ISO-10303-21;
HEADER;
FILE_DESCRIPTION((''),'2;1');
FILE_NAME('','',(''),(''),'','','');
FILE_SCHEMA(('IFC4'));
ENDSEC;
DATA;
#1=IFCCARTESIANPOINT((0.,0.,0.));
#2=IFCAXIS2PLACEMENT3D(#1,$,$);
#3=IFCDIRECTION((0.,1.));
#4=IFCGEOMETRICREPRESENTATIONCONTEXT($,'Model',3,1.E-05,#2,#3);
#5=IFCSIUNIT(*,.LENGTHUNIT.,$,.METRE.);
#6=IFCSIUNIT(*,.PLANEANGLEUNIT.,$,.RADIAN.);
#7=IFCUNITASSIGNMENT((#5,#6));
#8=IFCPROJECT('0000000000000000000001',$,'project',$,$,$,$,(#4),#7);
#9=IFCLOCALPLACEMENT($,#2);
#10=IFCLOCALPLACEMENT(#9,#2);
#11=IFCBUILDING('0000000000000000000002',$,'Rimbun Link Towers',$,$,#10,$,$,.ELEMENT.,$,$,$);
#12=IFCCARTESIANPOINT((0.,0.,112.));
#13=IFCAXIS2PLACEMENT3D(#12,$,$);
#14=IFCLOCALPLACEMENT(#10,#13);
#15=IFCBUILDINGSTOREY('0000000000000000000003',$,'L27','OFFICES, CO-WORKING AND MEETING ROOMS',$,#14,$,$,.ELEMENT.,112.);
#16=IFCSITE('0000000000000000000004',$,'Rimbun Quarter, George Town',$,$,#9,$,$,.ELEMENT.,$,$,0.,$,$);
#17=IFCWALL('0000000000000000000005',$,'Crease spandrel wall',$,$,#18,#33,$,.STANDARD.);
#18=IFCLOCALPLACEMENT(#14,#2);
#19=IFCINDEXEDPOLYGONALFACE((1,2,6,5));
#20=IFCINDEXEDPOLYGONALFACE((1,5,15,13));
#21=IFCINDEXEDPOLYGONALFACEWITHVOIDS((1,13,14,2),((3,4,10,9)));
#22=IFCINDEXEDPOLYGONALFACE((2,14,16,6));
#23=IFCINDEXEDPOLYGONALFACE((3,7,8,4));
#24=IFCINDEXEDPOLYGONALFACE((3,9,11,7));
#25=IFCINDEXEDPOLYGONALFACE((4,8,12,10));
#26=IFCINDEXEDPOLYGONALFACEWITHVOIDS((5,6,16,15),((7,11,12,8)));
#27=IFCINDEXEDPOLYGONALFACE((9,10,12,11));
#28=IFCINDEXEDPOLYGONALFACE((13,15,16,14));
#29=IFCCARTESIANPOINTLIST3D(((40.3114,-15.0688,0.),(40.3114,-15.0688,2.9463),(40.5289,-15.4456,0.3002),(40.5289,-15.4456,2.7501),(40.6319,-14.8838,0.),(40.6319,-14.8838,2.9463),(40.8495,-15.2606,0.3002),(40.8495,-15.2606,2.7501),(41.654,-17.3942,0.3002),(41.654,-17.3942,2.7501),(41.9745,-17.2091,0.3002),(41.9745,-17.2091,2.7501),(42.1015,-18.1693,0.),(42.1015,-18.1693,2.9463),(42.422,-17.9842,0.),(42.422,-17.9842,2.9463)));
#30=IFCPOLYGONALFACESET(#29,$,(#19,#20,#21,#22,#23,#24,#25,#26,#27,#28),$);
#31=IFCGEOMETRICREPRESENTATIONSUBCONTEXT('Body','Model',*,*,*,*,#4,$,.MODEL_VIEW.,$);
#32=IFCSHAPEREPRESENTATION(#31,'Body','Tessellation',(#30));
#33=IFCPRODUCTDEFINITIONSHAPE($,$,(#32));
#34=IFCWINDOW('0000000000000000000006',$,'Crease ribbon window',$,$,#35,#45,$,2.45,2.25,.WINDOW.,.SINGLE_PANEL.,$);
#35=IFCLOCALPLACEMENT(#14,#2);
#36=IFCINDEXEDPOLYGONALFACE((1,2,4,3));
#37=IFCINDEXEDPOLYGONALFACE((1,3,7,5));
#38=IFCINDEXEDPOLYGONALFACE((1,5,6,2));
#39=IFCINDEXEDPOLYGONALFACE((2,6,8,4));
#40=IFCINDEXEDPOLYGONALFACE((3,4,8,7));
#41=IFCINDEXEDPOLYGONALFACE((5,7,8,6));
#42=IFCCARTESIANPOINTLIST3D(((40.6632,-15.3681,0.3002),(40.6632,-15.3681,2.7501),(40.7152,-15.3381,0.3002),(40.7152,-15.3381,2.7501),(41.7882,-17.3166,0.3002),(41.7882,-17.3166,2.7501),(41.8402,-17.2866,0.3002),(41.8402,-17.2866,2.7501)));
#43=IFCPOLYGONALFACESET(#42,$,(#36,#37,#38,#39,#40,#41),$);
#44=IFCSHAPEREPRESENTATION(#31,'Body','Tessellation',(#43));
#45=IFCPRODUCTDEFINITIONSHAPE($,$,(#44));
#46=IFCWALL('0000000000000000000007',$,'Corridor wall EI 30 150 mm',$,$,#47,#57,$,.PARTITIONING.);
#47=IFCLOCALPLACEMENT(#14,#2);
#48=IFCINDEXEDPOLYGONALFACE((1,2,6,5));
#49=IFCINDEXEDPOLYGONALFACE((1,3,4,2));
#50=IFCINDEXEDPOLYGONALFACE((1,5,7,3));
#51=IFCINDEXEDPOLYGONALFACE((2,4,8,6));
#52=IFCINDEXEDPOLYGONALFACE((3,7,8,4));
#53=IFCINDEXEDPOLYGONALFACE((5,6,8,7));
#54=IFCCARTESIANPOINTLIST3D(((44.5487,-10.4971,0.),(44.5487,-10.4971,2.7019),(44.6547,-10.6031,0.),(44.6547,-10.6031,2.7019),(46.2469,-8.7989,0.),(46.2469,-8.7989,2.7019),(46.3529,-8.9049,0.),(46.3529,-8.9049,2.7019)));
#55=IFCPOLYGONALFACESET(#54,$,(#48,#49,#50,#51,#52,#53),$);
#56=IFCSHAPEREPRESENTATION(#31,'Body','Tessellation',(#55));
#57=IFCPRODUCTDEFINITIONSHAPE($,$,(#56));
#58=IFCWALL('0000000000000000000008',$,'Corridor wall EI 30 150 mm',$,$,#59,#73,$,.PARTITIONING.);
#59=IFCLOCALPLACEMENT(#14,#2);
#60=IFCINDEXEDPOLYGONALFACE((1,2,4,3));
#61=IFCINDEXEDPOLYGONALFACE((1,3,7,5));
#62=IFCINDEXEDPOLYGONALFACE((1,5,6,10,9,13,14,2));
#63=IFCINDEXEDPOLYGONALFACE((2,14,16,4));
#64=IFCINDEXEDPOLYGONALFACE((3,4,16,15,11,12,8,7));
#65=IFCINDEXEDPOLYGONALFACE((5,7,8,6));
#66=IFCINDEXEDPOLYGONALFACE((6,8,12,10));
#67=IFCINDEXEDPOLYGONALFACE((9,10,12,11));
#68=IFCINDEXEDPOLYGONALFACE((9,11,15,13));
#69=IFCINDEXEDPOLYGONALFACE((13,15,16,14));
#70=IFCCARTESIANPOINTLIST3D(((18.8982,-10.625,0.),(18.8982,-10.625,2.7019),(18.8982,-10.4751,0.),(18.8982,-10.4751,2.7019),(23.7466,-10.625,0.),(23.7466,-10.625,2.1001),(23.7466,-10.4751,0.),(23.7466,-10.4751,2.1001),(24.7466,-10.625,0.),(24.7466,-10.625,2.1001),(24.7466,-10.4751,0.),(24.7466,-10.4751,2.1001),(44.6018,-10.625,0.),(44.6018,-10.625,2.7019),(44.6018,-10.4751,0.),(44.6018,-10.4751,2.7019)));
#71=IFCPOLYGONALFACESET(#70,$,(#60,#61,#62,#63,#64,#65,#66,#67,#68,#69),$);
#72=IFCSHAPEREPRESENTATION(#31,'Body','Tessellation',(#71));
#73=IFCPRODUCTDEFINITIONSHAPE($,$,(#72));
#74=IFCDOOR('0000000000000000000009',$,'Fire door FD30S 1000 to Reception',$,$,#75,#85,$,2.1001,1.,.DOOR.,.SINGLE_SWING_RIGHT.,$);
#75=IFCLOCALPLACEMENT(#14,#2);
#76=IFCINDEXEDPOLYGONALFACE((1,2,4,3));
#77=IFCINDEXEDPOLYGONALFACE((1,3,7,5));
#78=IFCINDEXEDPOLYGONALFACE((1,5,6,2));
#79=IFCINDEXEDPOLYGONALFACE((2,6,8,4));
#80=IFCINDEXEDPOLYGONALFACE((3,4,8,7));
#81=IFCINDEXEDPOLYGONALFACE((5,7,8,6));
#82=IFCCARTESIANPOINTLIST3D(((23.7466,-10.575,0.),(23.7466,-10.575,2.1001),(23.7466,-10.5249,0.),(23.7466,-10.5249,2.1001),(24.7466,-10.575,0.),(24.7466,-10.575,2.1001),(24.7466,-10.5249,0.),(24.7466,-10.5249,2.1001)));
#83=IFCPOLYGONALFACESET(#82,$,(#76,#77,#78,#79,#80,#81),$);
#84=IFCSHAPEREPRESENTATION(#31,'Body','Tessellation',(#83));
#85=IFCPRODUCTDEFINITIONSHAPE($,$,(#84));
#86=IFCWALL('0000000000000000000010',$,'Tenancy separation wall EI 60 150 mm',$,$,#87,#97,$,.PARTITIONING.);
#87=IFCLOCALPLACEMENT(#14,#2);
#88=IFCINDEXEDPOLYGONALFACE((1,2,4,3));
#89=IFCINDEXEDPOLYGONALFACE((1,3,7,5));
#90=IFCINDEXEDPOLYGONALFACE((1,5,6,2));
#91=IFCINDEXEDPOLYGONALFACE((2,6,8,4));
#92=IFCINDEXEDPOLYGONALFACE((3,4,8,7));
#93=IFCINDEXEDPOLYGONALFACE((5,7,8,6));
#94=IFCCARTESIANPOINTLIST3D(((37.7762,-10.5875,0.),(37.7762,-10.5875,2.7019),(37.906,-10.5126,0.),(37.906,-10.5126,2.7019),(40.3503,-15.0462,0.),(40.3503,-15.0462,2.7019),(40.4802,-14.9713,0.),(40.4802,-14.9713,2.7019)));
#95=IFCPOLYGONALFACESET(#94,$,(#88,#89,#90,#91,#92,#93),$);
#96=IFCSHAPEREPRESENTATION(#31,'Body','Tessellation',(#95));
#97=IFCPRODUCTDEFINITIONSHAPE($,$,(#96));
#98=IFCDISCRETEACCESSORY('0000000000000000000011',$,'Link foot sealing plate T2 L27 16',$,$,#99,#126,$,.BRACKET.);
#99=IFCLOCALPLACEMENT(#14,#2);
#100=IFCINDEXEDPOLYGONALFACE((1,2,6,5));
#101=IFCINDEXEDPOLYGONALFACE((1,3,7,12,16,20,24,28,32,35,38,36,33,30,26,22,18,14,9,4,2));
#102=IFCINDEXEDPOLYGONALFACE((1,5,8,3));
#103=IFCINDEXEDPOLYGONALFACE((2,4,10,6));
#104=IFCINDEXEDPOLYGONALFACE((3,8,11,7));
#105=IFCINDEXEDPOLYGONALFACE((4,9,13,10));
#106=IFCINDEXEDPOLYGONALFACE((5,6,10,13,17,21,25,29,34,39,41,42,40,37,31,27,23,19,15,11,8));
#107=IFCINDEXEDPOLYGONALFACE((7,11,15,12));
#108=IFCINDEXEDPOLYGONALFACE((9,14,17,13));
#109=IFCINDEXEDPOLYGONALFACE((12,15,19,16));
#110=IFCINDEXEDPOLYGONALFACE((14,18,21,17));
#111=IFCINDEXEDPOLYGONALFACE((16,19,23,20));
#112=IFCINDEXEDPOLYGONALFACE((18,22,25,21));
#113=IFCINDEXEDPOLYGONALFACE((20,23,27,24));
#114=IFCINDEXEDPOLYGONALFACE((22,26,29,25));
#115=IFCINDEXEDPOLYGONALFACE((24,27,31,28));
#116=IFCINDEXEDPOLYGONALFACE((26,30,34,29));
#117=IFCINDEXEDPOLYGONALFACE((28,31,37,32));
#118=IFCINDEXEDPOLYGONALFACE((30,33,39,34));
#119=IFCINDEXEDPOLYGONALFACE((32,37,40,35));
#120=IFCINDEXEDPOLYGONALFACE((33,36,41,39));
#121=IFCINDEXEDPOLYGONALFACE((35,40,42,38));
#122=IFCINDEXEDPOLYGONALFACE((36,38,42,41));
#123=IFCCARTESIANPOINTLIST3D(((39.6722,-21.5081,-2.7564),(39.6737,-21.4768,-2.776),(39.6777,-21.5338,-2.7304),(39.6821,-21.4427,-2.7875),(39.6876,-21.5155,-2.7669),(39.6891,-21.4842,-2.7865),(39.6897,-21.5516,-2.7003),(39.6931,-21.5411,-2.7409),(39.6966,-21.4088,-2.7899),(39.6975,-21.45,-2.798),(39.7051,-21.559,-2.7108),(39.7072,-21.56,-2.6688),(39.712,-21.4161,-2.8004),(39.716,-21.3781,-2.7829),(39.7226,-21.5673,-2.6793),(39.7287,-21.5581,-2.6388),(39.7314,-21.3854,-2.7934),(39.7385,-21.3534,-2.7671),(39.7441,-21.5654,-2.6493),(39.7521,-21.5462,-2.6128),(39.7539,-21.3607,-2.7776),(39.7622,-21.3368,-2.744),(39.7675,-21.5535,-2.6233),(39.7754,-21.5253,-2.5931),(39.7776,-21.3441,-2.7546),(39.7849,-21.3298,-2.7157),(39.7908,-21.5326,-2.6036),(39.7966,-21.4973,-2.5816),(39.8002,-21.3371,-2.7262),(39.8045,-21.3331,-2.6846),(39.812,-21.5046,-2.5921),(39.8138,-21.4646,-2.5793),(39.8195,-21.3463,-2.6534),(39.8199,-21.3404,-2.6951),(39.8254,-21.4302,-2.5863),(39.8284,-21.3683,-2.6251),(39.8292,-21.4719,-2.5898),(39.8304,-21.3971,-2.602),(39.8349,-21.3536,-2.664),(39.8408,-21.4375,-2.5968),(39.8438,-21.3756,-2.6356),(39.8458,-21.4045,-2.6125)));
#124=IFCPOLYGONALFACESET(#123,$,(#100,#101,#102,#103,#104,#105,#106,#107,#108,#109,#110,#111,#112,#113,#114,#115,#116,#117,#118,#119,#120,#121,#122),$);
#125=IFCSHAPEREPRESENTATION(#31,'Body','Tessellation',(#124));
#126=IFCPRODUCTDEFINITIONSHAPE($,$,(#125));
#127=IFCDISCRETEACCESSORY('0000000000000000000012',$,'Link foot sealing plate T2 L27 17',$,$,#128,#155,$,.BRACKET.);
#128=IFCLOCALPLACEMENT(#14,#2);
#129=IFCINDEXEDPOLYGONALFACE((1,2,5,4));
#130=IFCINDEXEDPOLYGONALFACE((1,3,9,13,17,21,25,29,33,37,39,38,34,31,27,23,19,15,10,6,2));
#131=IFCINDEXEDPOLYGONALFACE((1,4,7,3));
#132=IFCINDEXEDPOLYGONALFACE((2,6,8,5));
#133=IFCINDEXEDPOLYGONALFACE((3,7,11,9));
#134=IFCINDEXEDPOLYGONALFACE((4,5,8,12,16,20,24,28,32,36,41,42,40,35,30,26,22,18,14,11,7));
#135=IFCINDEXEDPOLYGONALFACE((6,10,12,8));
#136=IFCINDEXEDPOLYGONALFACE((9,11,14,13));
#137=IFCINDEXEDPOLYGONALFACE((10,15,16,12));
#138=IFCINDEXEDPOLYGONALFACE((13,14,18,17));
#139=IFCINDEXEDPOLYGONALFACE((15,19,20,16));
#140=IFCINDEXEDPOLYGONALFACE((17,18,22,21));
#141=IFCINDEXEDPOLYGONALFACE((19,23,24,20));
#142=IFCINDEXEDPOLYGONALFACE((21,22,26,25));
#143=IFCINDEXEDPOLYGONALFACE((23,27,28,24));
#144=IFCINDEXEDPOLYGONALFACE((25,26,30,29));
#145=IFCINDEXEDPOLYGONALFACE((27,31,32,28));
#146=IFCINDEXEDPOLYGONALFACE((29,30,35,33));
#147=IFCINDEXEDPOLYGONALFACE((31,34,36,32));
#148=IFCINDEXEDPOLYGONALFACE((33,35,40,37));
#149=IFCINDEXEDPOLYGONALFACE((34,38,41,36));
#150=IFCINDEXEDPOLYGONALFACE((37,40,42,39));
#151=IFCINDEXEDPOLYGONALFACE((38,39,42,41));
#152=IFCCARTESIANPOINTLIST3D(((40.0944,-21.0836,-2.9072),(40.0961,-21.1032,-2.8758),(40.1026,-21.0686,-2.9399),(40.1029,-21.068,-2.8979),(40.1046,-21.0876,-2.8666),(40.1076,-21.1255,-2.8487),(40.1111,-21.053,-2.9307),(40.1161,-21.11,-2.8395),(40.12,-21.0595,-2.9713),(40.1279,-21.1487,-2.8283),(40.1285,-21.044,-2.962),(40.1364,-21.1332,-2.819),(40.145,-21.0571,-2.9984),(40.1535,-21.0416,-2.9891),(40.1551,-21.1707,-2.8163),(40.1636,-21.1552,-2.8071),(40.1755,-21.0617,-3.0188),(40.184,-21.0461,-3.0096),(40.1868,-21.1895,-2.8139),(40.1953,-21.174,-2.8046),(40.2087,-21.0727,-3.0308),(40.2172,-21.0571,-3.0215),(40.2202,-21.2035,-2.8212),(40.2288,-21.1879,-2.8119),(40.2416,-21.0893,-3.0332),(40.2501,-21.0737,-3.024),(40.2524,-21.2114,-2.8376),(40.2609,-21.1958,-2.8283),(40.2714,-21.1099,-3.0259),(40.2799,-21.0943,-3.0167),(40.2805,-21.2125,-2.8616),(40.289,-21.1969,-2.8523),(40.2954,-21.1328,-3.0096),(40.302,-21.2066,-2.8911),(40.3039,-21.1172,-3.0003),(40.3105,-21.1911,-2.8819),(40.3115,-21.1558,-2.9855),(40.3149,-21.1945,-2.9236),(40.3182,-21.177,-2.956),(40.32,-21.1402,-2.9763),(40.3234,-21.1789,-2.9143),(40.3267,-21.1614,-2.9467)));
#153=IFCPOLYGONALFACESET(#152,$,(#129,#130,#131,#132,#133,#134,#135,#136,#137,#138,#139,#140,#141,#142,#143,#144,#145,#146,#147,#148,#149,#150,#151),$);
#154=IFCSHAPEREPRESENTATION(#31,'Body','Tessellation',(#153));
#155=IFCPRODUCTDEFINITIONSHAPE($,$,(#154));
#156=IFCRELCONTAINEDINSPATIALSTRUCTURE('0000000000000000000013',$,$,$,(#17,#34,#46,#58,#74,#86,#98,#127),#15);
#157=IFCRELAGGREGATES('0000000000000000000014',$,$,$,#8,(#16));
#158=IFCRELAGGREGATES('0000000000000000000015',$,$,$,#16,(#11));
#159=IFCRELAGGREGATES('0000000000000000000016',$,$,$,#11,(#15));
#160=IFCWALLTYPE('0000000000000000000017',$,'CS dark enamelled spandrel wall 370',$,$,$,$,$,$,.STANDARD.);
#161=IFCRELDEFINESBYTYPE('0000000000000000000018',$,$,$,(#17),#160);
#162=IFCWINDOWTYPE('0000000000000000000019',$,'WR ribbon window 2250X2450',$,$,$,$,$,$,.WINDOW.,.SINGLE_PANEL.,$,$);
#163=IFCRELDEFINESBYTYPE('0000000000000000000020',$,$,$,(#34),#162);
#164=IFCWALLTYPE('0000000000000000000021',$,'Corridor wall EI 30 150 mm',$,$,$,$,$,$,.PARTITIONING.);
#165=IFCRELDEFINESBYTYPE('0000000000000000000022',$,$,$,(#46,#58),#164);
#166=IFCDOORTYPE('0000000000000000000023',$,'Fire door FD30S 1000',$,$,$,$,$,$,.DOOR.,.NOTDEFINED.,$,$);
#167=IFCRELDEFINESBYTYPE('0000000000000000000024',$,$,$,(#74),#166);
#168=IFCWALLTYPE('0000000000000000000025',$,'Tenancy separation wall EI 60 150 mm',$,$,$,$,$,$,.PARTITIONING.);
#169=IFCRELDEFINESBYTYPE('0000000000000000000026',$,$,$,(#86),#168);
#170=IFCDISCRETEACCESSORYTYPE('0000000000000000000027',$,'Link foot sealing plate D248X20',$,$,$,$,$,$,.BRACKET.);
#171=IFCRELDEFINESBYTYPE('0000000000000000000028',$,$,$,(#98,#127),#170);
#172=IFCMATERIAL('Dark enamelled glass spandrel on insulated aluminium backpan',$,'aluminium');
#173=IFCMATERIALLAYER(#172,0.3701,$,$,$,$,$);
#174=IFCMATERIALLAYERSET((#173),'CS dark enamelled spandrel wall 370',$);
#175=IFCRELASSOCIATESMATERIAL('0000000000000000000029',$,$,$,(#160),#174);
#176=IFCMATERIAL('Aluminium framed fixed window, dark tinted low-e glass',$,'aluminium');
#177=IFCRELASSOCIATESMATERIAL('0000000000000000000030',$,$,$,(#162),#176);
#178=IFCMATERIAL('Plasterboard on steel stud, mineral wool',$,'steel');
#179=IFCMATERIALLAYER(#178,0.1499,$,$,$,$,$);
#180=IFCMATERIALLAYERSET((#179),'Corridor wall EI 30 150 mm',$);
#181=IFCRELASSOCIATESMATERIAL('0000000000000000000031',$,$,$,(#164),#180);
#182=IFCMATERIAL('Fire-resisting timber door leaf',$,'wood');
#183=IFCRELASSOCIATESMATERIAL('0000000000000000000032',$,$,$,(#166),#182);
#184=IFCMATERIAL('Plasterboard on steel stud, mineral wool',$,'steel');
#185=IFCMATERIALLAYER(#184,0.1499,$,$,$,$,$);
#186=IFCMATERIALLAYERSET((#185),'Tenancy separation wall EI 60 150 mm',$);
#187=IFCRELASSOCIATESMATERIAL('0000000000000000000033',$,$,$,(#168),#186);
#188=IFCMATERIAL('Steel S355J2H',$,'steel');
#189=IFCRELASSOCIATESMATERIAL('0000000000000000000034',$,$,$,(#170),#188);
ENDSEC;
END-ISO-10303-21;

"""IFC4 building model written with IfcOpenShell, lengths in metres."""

from ifc_helpers import new_model, si_unit, direction, frame, frame_2d, origin, origin_2d, place, context, subcontext, project, spatial, rectangle, circle, extrude, material, layer, layer_set, material_profile, profile_set, type_object, element, fill, save


model = new_model("IFC4")

# Units and contexts
model_context = context("Model", 3, precision=1e-05, world=origin(), true_north=direction((0.0, 1.0)))
body_context = subcontext(model_context, "Body", "Model", "MODEL_VIEW")
ifc_project = project(units=[si_unit("LENGTHUNIT", "METRE"), si_unit("PLANEANGLEUNIT", "RADIAN")], contexts=[model_context])

# Site, building, storey
site_placement = place(None, origin())
site = spatial("IfcSite", under=ifc_project, at=site_placement, Name="Rimbun Quarter, George Town", CompositionType="ELEMENT", RefElevation=0.0)
building_placement = place(site_placement, origin())
building = spatial("IfcBuilding", under=site, at=building_placement, Name="Rimbun Link Towers", CompositionType="ELEMENT")
storey_placement = place(building_placement, frame((0.0, 0.0, 112.0)))
storey = spatial("IfcBuildingStorey", under=building, at=storey_placement, Name="L27", Description="OFFICES, CO-WORKING AND MEETING ROOMS", CompositionType="ELEMENT", Elevation=112.0)

# Wall, opening, window
ifc_material_1 = material(Name="Dark enamelled glass spandrel on insulated aluminium backpan", Category="aluminium")
ifc_layer_1 = layer(ifc_material_1, 0.3701)
ifc_layer_set_1 = layer_set([ifc_layer_1], Name="CS dark enamelled spandrel wall 370")
wall_type_1 = type_object("IfcWallType", Name="CS dark enamelled spandrel wall 370", PredefinedType="STANDARD", material=ifc_layer_set_1)
wall_1_placement = place(storey_placement, frame((40.4717, -14.9763, 0.0), z_axis=(0.0, 0.0, 1.0), x_axis=(0.500012, -0.866019, 0.0)))
wall_1 = element("IfcWall", 1, at=wall_1_placement, inside=storey, type_object=wall_type_1, Name="Crease spandrel wall", PredefinedType="STANDARD", context=body_context, shape_type="SweptSolid", body=[
    extrude(rectangle(XDim=3.5801, YDim=0.3701, at=frame_2d((1.79, 0.0))), origin(), (0.0, 0.0, 1.0), 2.9463),
])
opening_1_placement = place(wall_1_placement, frame((0.4351, 0.0, 0.3)))
opening_1 = element("IfcOpeningElement", 2, at=opening_1_placement, cuts=wall_1, PredefinedType="OPENING", context=body_context, shape_type="SweptSolid", body=[
    extrude(rectangle(XDim=2.25, YDim=2.45, at=frame_2d((1.125, 1.2251))), frame((0.0, 0.1951, 0.0), z_axis=(0.0, -1.0, 0.0), x_axis=(1.0, 0.0, 0.0)), (0.0, 0.0, 1.0), 0.3901),
])
ifc_material_2 = material(Name="Aluminium framed fixed window, dark tinted low-e glass", Category="aluminium")
window_type_1 = type_object("IfcWindowType", Name="WR ribbon window 2250X2450", PartitioningType="SINGLE_PANEL", PredefinedType="WINDOW", material=ifc_material_2)
window_1_placement = place(opening_1_placement, origin())
window_1 = element("IfcWindow", 3, at=window_1_placement, inside=storey, type_object=window_type_1, Name="Crease ribbon window", OverallHeight=2.45, OverallWidth=2.25, PartitioningType="SINGLE_PANEL", PredefinedType="WINDOW", context=body_context, shape_type="SweptSolid", body=[
    extrude(rectangle(XDim=2.25, YDim=2.45, at=frame_2d((1.125, 1.2251))), frame((0.0, 0.03, 0.0), z_axis=(0.0, -1.0, 0.0), x_axis=(1.0, 0.0, 0.0)), (0.0, 0.0, 1.0), 0.0601),
])
fill(opening_1, window_1)

# Wall
ifc_material_3 = material(Name="Plasterboard on steel stud, mineral wool", Category="steel")
ifc_layer_2 = layer(ifc_material_3, 0.1499)
ifc_layer_set_2 = layer_set([ifc_layer_2], Name="Corridor wall EI 30 150 mm")
wall_type_2 = type_object("IfcWallType", Name="Corridor wall EI 30 150 mm", PredefinedType="PARTITIONING", material=ifc_layer_set_2)
wall_2_placement = place(storey_placement, frame((44.6018, -10.55, 0.0), z_axis=(0.0, 0.0, 1.0), x_axis=(0.707107, 0.707107, 0.0)))
element("IfcWall", 4, at=wall_2_placement, inside=storey, type_object=wall_type_2, Name="Corridor wall EI 30 150 mm", PredefinedType="PARTITIONING", context=body_context, shape_type="SweptSolid", body=[
    extrude(rectangle(XDim=2.4016, YDim=0.1499, at=frame_2d((1.2007, 0.0))), origin(), (0.0, 0.0, 1.0), 2.7019),
])

# Wall, opening, door
wall_3_placement = place(storey_placement, frame((44.6018, -10.55, 0.0), z_axis=(0.0, 0.0, 1.0), x_axis=(-1.0, 0.0, 0.0)))
wall_3 = element("IfcWall", 5, at=wall_3_placement, inside=storey, type_object=wall_type_2, Name="Corridor wall EI 30 150 mm", PredefinedType="PARTITIONING", context=body_context, shape_type="SweptSolid", body=[
    extrude(rectangle(XDim=25.7036, YDim=0.1499, at=frame_2d((12.8518, 0.0))), origin(), (0.0, 0.0, 1.0), 2.7019),
])
opening_2_placement = place(wall_3_placement, frame((19.8552, 0.0, 0.0)))
opening_2 = element("IfcOpeningElement", 6, at=opening_2_placement, cuts=wall_3, PredefinedType="OPENING", context=body_context, shape_type="SweptSolid", body=[
    extrude(rectangle(XDim=1.0, YDim=2.1001, at=frame_2d((0.5, 1.05))), frame((0.0, 0.085, 0.0), z_axis=(0.0, -1.0, 0.0), x_axis=(1.0, 0.0, 0.0)), (0.0, 0.0, 1.0), 0.1699),
])
ifc_material_4 = material(Name="Fire-resisting timber door leaf", Category="wood")
door_type = type_object("IfcDoorType", Name="Fire door FD30S 1000", OperationType="NOTDEFINED", PredefinedType="DOOR", material=ifc_material_4)
door_placement = place(opening_2_placement, origin())
door = element("IfcDoor", 7, at=door_placement, inside=storey, type_object=door_type, Name="Fire door FD30S 1000 to Reception", OperationType="SINGLE_SWING_RIGHT", OverallHeight=2.1001, OverallWidth=1.0, PredefinedType="DOOR", context=body_context, shape_type="SweptSolid", body=[
    extrude(rectangle(XDim=1.0, YDim=2.1001, at=frame_2d((0.5, 1.05))), frame((0.0, 0.0249, 0.0), z_axis=(0.0, -1.0, 0.0), x_axis=(1.0, 0.0, 0.0)), (0.0, 0.0, 1.0), 0.05),
])
fill(opening_2, door)

# Wall
ifc_material_5 = material(Name="Plasterboard on steel stud, mineral wool", Category="steel")
ifc_layer_3 = layer(ifc_material_5, 0.1499)
ifc_layer_set_3 = layer_set([ifc_layer_3], Name="Tenancy separation wall EI 60 150 mm")
wall_type_3 = type_object("IfcWallType", Name="Tenancy separation wall EI 60 150 mm", PredefinedType="PARTITIONING", material=ifc_layer_set_3)
wall_4_placement = place(storey_placement, frame((37.8411, -10.55, 0.0), z_axis=(0.0, 0.0, 1.0), x_axis=(0.499995, -0.866028, 0.0)))
element("IfcWall", 8, at=wall_4_placement, inside=storey, type_object=wall_type_3, Name="Tenancy separation wall EI 60 150 mm", PredefinedType="PARTITIONING", context=body_context, shape_type="SweptSolid", body=[
    extrude(rectangle(XDim=5.1484, YDim=0.1499, at=frame_2d((2.5742, 0.0))), origin(), (0.0, 0.0, 1.0), 2.7019),
])

# Discrete accessories
ifc_material_6 = material(Name="Steel S355J2H", Category="steel")
ifc_material_profile_1 = material_profile(ifc_material_6, circle(Radius=0.124, at=origin_2d()), Name="PL D248")
ifc_profile_set_1 = profile_set([ifc_material_profile_1], Name="Steel S355J2H")
discrete_accessory_type = type_object("IfcDiscreteAccessoryType", Name="Link foot sealing plate D248X20", PredefinedType="BRACKET", material=ifc_profile_set_1)
for number, where, z_axis, x_axis, name in (
    (9, (39.7512, -21.4451, -2.6846), (0.768636, -0.366017, -0.524624), (0.429934, 0.902861, 0.0), "Link foot sealing plate T2 L27 16"),
    (10, (40.2146, -21.1194, -2.9143), (-0.425534, -0.778119, -0.462008), (0.877371, -0.479812, 0.0), "Link foot sealing plate T2 L27 17"),
):
    element("IfcDiscreteAccessory", number, at=place(storey_placement, frame(where, z_axis=z_axis, x_axis=x_axis)), inside=storey, type_object=discrete_accessory_type, Name=name, PredefinedType="BRACKET", context=body_context, shape_type="SweptSolid", body=[
        extrude(circle(Radius=0.124, at=origin_2d()), origin(), (0.0, 0.0, 1.0), 0.02),
    ])

save(model, "model.ifc")
